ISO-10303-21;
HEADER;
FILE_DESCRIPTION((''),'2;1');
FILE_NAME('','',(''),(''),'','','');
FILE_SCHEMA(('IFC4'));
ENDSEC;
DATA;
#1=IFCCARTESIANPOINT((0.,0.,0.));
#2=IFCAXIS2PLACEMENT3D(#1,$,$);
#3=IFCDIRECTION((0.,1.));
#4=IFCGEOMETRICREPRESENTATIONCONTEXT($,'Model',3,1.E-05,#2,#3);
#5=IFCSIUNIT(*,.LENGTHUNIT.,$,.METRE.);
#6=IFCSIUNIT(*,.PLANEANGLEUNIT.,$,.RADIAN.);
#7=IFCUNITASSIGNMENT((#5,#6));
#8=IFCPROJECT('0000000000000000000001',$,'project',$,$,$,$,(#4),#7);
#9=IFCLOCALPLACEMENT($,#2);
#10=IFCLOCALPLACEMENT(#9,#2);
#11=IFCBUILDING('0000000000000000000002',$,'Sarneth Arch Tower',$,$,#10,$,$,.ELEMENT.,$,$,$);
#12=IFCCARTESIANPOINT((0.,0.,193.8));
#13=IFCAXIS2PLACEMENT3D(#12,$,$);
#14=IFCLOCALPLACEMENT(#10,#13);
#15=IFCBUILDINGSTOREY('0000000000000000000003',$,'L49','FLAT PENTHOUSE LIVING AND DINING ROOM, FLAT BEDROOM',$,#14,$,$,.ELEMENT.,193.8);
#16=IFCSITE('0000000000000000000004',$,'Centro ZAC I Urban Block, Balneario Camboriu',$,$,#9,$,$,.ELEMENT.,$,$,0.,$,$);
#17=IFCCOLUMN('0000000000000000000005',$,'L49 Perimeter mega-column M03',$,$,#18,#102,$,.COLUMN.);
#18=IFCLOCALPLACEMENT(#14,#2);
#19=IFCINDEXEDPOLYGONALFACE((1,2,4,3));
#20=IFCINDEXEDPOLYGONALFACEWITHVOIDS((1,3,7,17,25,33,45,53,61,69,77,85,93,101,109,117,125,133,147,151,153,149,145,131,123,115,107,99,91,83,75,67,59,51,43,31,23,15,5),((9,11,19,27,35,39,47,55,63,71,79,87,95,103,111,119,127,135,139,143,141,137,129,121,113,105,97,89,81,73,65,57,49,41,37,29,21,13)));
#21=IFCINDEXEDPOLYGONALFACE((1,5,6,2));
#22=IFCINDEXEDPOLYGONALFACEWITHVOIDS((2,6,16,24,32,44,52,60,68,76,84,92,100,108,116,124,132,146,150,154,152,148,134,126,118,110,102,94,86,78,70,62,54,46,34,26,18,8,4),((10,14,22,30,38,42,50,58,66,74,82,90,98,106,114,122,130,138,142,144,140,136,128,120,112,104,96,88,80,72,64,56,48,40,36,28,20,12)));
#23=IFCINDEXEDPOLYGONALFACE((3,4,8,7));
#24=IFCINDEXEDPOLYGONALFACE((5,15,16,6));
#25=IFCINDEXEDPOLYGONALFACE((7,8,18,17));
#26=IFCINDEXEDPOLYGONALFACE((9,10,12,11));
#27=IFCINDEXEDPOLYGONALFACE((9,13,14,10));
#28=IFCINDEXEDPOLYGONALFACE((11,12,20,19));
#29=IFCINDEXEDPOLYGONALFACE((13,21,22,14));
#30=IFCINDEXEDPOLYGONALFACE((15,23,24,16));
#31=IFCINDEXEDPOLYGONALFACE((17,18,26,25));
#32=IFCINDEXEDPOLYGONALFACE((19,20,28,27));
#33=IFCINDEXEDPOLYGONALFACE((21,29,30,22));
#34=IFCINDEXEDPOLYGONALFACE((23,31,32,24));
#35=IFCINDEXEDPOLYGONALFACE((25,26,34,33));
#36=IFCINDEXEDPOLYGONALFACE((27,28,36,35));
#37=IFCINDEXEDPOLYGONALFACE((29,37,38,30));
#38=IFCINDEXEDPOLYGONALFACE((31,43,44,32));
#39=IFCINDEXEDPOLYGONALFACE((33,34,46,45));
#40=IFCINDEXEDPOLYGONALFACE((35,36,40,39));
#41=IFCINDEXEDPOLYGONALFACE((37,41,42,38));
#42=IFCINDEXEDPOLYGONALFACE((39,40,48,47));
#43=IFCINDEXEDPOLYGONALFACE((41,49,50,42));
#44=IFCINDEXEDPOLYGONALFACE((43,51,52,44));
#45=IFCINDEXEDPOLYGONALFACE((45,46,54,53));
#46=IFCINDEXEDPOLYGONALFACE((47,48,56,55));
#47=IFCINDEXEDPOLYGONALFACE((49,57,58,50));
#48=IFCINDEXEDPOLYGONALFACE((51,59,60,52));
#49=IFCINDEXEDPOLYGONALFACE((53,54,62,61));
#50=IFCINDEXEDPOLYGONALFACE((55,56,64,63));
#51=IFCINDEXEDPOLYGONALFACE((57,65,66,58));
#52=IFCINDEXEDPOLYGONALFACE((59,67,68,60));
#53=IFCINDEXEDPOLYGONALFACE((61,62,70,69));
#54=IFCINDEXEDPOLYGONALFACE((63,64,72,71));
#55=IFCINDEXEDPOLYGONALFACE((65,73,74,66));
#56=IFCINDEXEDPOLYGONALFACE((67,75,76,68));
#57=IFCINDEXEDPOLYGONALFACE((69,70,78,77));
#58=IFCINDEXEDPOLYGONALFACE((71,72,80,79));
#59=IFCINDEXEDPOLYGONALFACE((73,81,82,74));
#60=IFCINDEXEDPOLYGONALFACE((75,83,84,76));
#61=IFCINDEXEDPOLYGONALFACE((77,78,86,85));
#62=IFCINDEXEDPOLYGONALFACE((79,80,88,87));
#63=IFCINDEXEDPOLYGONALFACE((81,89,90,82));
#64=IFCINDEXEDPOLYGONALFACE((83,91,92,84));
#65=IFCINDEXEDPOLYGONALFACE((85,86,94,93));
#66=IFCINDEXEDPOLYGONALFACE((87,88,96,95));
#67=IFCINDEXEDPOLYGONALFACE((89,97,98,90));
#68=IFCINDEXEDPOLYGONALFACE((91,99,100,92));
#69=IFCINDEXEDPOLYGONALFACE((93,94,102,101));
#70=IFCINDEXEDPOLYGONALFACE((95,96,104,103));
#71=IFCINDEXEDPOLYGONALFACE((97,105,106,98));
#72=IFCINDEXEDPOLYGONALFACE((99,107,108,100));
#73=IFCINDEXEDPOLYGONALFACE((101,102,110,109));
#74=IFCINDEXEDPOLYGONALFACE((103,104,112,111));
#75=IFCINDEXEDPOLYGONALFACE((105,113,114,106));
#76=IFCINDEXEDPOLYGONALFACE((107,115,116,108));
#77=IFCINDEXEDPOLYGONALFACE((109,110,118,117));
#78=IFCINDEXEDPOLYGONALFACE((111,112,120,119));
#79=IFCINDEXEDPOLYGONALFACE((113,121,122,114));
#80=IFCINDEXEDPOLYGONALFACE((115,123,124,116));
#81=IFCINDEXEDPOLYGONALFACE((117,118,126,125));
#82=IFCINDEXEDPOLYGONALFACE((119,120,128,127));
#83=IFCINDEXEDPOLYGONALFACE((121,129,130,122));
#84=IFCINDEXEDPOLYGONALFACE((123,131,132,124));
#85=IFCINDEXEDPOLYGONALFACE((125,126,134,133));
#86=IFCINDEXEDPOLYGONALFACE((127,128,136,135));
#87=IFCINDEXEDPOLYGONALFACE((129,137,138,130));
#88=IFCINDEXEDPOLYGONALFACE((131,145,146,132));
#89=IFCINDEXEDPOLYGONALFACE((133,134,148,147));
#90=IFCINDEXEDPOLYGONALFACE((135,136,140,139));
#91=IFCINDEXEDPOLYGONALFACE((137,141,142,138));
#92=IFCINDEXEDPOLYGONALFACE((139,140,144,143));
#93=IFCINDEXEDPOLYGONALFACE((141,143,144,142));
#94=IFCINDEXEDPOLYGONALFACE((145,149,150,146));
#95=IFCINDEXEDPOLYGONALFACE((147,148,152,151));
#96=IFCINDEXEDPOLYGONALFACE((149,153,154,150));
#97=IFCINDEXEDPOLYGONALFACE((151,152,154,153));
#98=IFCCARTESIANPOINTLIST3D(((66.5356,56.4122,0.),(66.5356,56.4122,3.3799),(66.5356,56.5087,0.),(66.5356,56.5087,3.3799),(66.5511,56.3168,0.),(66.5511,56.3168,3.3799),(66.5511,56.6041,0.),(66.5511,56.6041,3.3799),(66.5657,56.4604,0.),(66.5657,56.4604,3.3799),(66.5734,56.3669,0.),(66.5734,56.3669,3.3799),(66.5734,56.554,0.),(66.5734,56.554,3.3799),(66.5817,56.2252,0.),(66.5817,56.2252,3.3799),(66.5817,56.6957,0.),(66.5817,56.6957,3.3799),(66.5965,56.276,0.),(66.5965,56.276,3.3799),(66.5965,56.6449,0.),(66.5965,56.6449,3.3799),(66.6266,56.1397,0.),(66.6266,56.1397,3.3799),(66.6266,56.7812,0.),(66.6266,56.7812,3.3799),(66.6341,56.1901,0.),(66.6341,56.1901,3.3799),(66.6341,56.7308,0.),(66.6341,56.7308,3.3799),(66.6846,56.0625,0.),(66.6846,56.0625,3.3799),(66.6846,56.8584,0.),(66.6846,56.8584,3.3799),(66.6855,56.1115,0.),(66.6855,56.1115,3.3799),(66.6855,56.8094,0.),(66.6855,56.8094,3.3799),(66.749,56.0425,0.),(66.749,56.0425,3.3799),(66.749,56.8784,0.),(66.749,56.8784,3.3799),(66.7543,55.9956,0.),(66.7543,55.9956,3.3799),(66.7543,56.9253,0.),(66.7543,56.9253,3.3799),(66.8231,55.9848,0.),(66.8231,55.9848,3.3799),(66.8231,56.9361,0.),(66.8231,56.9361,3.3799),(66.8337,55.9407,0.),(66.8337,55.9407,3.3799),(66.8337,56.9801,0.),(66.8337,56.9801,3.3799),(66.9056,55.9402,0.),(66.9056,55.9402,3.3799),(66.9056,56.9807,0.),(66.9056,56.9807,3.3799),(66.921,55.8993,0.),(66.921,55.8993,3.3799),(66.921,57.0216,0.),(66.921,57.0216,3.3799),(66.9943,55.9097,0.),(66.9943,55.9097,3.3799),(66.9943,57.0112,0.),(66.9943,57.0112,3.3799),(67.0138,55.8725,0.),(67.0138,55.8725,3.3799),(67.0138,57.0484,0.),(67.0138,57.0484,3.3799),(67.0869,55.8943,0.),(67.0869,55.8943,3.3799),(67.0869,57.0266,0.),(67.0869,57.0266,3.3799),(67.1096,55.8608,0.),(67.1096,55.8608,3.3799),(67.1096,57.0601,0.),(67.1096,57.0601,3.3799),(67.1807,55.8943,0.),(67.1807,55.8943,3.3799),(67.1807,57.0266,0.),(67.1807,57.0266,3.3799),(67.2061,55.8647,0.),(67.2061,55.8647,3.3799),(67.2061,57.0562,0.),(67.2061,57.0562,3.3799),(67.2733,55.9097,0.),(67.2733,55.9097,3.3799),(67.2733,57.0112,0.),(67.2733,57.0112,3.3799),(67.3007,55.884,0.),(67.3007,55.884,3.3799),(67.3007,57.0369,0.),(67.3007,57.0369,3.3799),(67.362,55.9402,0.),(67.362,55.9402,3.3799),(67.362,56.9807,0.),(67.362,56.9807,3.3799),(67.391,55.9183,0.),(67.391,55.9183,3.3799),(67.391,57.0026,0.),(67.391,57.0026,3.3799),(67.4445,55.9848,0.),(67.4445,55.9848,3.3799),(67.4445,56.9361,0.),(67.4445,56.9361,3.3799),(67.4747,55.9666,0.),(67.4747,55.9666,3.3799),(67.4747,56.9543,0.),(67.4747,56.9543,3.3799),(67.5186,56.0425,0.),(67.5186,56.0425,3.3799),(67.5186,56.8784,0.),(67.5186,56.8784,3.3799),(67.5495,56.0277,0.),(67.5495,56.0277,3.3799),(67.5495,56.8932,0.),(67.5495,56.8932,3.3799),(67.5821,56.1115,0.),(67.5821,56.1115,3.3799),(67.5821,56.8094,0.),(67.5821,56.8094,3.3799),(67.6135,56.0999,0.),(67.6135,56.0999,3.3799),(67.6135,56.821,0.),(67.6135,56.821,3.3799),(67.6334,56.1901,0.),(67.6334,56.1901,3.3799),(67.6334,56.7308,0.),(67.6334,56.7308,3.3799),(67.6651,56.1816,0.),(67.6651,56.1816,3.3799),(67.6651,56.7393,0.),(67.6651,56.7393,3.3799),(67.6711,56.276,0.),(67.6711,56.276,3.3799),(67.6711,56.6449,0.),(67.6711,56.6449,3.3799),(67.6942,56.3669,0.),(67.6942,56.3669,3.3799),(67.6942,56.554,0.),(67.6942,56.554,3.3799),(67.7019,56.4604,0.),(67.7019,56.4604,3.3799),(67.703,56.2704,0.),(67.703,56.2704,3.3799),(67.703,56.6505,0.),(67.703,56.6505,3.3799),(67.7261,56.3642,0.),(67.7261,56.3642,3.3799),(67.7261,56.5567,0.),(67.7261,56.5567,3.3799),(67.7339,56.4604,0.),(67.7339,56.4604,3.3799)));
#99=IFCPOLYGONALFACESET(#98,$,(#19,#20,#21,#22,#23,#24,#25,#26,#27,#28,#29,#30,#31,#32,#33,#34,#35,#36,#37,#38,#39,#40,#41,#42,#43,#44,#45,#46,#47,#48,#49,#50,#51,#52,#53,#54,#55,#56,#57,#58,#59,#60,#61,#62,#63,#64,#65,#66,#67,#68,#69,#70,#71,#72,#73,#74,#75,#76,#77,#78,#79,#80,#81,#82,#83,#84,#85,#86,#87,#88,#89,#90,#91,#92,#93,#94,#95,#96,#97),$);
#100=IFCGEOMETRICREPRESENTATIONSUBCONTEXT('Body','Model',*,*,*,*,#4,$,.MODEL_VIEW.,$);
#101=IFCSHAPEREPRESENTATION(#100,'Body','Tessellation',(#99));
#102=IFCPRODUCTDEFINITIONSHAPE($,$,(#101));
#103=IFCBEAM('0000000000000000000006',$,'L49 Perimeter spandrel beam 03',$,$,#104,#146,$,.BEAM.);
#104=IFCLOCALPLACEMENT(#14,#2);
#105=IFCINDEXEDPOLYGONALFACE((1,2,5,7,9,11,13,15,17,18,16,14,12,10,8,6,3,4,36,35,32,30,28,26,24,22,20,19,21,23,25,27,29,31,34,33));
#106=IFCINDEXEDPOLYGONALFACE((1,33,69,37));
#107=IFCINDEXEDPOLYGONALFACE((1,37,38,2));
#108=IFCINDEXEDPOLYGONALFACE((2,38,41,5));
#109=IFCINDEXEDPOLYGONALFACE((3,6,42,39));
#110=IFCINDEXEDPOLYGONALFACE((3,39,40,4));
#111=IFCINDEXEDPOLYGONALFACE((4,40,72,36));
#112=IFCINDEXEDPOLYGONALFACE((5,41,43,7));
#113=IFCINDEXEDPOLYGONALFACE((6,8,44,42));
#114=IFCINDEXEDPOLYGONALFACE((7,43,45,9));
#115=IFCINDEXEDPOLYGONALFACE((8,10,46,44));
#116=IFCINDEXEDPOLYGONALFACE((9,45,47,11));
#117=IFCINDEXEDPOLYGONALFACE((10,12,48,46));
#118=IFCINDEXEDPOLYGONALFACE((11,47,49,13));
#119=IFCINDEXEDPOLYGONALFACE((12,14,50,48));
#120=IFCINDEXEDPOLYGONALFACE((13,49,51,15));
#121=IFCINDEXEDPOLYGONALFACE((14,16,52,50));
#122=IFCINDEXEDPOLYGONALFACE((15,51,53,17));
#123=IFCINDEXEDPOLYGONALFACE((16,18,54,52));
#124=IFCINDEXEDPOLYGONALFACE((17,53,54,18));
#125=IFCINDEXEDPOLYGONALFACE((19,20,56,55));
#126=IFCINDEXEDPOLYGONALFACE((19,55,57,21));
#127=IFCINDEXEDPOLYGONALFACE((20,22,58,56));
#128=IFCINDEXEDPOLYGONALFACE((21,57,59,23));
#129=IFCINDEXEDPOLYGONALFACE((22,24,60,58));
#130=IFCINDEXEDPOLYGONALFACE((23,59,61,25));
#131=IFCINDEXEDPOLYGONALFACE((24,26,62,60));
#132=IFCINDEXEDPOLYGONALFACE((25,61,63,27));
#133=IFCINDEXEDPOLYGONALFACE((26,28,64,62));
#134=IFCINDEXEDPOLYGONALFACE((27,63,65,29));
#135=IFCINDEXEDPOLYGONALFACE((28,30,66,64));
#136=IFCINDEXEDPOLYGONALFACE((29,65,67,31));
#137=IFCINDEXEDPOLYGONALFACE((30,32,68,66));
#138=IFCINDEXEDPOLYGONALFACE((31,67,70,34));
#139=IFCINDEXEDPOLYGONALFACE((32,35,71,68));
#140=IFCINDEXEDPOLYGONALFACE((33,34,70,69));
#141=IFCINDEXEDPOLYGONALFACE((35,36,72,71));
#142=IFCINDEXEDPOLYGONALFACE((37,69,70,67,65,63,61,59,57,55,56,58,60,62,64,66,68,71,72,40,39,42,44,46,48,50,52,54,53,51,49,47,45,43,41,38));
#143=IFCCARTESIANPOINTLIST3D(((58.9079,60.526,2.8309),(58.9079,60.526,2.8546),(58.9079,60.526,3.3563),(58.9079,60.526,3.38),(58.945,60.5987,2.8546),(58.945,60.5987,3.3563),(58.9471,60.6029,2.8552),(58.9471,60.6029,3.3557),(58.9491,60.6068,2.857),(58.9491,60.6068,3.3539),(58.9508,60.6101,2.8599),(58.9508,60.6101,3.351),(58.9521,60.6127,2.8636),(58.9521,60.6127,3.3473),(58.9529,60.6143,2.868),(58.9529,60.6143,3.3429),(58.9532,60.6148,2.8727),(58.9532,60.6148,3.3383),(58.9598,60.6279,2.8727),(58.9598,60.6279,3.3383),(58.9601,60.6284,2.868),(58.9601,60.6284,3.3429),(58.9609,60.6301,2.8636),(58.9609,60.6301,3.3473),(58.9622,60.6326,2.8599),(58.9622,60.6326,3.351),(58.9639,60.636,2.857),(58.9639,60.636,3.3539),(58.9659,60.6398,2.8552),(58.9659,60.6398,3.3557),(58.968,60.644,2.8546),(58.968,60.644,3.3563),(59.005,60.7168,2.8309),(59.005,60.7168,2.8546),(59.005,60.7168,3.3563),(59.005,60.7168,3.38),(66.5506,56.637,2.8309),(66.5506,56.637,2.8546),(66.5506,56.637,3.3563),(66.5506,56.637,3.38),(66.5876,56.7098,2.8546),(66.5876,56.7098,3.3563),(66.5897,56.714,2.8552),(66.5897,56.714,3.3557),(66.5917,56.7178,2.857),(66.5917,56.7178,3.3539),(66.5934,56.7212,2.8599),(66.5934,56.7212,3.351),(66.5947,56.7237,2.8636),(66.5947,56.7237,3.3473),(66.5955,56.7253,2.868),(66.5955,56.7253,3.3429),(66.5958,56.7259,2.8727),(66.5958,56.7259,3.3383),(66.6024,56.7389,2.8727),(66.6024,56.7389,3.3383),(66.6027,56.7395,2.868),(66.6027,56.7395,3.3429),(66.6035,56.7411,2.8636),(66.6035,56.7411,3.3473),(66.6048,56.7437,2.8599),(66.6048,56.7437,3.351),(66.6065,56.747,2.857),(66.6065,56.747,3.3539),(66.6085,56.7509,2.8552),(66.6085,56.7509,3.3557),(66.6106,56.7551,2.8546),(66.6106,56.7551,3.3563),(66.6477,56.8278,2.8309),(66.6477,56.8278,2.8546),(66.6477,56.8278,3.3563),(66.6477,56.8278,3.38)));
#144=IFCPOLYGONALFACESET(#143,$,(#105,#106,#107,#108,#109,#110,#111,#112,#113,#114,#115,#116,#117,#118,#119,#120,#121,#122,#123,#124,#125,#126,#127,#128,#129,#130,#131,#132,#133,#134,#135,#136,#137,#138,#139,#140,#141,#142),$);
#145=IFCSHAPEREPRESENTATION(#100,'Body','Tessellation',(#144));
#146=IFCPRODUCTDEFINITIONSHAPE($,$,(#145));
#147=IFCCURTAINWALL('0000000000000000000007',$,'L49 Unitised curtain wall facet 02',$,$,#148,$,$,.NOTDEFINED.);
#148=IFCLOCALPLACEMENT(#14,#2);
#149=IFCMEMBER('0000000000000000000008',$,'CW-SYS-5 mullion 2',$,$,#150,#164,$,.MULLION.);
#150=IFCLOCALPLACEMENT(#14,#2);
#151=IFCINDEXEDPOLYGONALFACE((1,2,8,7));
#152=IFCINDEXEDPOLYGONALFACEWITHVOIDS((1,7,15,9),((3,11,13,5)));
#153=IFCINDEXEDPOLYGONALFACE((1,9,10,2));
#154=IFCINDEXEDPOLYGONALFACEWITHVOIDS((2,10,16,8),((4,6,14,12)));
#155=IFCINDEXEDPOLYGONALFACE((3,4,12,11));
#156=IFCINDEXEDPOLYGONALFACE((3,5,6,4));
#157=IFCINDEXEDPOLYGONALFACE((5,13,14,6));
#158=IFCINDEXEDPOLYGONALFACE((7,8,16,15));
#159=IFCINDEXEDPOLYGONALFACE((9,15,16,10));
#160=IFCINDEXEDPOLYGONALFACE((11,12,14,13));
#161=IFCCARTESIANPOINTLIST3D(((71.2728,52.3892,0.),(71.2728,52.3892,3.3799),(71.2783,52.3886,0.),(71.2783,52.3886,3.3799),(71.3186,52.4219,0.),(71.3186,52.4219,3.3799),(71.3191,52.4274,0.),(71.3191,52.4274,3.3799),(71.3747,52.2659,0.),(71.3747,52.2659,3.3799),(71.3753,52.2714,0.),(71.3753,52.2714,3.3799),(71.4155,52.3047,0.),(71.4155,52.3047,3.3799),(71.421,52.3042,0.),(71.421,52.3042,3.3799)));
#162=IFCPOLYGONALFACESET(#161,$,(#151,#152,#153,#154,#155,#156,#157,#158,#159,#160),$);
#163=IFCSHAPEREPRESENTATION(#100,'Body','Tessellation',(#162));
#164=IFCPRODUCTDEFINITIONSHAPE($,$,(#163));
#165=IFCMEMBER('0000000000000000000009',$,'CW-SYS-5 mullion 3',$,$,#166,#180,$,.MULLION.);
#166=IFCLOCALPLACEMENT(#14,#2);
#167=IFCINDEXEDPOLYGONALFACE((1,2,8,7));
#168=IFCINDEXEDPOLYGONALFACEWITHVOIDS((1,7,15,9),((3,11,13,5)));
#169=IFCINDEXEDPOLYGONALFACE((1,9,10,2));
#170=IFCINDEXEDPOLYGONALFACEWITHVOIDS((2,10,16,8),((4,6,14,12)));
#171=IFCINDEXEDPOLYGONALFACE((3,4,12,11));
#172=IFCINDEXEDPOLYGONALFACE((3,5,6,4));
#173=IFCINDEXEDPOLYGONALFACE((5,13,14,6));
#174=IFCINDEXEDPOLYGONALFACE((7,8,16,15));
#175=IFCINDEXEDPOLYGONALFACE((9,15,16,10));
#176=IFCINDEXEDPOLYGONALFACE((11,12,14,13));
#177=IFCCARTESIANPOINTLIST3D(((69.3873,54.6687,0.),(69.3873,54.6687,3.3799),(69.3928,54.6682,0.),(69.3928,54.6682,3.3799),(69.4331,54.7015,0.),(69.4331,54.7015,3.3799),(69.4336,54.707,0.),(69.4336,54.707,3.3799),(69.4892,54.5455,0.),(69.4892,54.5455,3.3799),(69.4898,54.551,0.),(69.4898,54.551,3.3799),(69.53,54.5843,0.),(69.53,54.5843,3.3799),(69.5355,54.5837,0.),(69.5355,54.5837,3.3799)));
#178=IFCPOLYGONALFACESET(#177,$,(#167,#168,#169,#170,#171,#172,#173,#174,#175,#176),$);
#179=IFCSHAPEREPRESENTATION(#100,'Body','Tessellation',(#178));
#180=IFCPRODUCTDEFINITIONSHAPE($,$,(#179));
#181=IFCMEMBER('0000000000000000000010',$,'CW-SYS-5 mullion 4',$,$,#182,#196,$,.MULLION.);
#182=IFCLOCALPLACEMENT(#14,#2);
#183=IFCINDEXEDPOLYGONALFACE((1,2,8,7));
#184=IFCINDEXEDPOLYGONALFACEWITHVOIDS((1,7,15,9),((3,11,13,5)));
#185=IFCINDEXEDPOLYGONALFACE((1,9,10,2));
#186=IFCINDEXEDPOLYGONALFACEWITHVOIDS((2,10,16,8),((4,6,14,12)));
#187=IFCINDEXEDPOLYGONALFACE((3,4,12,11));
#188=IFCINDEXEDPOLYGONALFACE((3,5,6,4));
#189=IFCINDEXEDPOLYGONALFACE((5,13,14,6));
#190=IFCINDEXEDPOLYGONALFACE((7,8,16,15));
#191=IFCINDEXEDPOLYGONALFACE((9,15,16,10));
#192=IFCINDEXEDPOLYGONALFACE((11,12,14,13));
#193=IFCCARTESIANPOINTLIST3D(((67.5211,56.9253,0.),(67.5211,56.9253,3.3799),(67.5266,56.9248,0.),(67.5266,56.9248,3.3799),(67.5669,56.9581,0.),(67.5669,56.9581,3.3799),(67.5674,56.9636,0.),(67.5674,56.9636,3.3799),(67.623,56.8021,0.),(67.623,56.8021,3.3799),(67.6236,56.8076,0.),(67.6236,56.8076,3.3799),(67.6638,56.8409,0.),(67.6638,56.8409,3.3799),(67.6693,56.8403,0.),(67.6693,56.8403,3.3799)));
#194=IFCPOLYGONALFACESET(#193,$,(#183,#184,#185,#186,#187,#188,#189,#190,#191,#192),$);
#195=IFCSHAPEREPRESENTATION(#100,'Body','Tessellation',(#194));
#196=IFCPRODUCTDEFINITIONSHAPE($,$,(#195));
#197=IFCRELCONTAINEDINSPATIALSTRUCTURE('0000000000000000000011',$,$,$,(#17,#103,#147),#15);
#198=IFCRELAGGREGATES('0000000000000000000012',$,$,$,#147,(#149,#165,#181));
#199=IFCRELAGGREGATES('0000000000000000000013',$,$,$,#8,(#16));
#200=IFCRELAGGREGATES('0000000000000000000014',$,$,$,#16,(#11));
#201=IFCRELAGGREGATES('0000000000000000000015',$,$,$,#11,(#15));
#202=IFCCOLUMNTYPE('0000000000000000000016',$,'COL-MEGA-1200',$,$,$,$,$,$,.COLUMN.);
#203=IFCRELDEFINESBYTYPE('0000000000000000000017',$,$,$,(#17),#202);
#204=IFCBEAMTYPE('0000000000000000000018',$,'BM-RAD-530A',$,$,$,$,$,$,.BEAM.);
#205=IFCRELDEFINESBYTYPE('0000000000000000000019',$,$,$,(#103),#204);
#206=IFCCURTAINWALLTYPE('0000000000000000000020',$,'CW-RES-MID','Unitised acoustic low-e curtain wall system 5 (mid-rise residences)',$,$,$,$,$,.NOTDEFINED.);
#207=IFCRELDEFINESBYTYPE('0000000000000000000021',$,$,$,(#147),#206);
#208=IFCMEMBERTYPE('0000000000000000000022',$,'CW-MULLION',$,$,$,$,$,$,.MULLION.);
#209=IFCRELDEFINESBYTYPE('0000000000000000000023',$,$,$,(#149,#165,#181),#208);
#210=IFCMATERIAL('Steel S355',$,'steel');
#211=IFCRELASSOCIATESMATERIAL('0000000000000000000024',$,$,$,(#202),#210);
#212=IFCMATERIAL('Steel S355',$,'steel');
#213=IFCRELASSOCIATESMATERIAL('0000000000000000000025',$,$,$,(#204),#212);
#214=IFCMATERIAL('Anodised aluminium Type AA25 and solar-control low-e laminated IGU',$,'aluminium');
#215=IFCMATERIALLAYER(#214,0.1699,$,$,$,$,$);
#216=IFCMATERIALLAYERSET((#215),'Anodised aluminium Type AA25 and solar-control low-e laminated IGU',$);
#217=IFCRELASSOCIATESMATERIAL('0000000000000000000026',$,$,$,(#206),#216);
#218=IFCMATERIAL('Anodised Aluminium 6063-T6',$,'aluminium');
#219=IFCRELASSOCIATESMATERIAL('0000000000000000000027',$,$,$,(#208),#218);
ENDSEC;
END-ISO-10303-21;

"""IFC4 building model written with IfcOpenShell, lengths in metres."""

from ifc_helpers import new_model, si_unit, direction, frame, origin, origin_2d, place, context, subcontext, project, spatial, hollow_rectangle, hollow_circle, i_section, extrude, material, layer, layer_set, material_profile, profile_set, type_object, element, aggregate, save


model = new_model("IFC4")

# Units and contexts
model_context = context("Model", 3, precision=1e-05, world=origin(), true_north=direction((0.0, 1.0)))
body_context = subcontext(model_context, "Body", "Model", "MODEL_VIEW")
ifc_project = project(units=[si_unit("LENGTHUNIT", "METRE"), si_unit("PLANEANGLEUNIT", "RADIAN")], contexts=[model_context])

# Site, building, storey
site_placement = place(None, origin())
site = spatial("IfcSite", under=ifc_project, at=site_placement, Name="Centro ZAC I Urban Block, Balneario Camboriu", CompositionType="ELEMENT", RefElevation=0.0)
building_placement = place(site_placement, origin())
building = spatial("IfcBuilding", under=site, at=building_placement, Name="Sarneth Arch Tower", CompositionType="ELEMENT")
storey_placement = place(building_placement, frame((0.0, 0.0, 193.8)))
storey = spatial("IfcBuildingStorey", under=building, at=storey_placement, Name="L49", Description="FLAT PENTHOUSE LIVING AND DINING ROOM, FLAT BEDROOM", CompositionType="ELEMENT", Elevation=193.8)

# Column
ifc_material_1 = material(Name="Steel S355", Category="steel")
ifc_material_profile_1 = material_profile(ifc_material_1, hollow_circle(Radius=0.6001, WallThickness=0.032, at=origin_2d()), Name="CHS1200x32")
ifc_profile_set_1 = profile_set([ifc_material_profile_1], Name="Steel S355")
column_type = type_object("IfcColumnType", Name="COL-MEGA-1200", PredefinedType="COLUMN", material=ifc_profile_set_1)
column_placement = place(storey_placement, frame((67.1338, 56.4604, 0.0), z_axis=(0.0, 0.0, 1.0), x_axis=(1.0, 0.0, 0.0)))
element("IfcColumn", 1, at=column_placement, inside=storey, type_object=column_type, Name="L49 Perimeter mega-column M03", PredefinedType="COLUMN", context=body_context, shape_type="SweptSolid", body=[
    extrude(hollow_circle(Radius=0.6001, WallThickness=0.032, at=origin_2d()), origin(), (0.0, 0.0, 1.0), 3.3799),
])

# Beam
ifc_material_2 = material(Name="Steel S355", Category="steel")
ifc_material_profile_2 = material_profile(ifc_material_2, i_section(OverallWidth=0.2141, OverallDepth=0.5491, WebThickness=0.0146, FlangeThickness=0.0237, FilletRadius=0.0181, at=origin_2d()), Name="W530x138")
ifc_profile_set_2 = profile_set([ifc_material_profile_2], Name="Steel S355")
beam_type = type_object("IfcBeamType", Name="BM-RAD-530A", PredefinedType="BEAM", material=ifc_profile_set_2)
beam_placement = place(storey_placement, frame((66.5991, 56.7324, 3.1055), z_axis=(-0.89125, 0.453512, 0.0), x_axis=(-0.453512, -0.89125, 0.0)))
element("IfcBeam", 2, at=beam_placement, inside=storey, type_object=beam_type, Name="L49 Perimeter spandrel beam 03", PredefinedType="BEAM", context=body_context, shape_type="SweptSolid", body=[
    extrude(i_section(OverallWidth=0.2141, OverallDepth=0.5491, WebThickness=0.0146, FlangeThickness=0.0237, FilletRadius=0.0181, at=origin_2d()), origin(), (0.0, 0.0, 1.0), 8.5752),
])

# Curtain wall, members
ifc_material_3 = material(Name="Anodised aluminium Type AA25 and solar-control low-e laminated IGU", Category="aluminium")
ifc_layer_1 = layer(ifc_material_3, 0.1699)
ifc_layer_set_1 = layer_set([ifc_layer_1], Name="Anodised aluminium Type AA25 and solar-control low-e laminated IGU")
curtain_wall_type = type_object("IfcCurtainWallType", Name="CW-RES-MID", Description="Unitised acoustic low-e curtain wall system 5 (mid-rise residences)", PredefinedType="NOTDEFINED", material=ifc_layer_set_1)
curtain_wall_placement = place(storey_placement, origin())
curtain_wall = element("IfcCurtainWall", 3, at=curtain_wall_placement, inside=storey, type_object=curtain_wall_type, Name="L49 Unitised curtain wall facet 02", PredefinedType="NOTDEFINED")
ifc_material_4 = material(Name="Anodised Aluminium 6063-T6", Category="aluminium")
ifc_material_profile_3 = material_profile(ifc_material_4, hollow_rectangle(XDim=0.0601, YDim=0.1599, WallThickness=0.0039, at=origin_2d()), Name="AL-MULL-160x60x4")
ifc_profile_set_3 = profile_set([ifc_material_profile_3], Name="Anodised Aluminium 6063-T6")
member_type_1 = type_object("IfcMemberType", Name="CW-MULLION", PredefinedType="MULLION", material=ifc_profile_set_3)
member_1_placement = place(storey_placement, frame((71.3469, 52.3467, 0.0), z_axis=(0.0, 0.0, 1.0), x_axis=(-0.770591, -0.63733, 0.0)))
member_1 = element("IfcMember", 4, at=member_1_placement, type_object=member_type_1, Name="CW-SYS-5 mullion 2", PredefinedType="MULLION", context=body_context, shape_type="SweptSolid", body=[
    extrude(hollow_rectangle(XDim=0.0601, YDim=0.1599, WallThickness=0.0039, at=origin_2d()), origin(), (0.0, 0.0, 1.0), 3.3799),
])
member_2_placement = place(storey_placement, frame((69.4614, 54.6262, 0.0), z_axis=(0.0, 0.0, 1.0), x_axis=(-0.770591, -0.63733, 0.0)))
member_2 = element("IfcMember", 5, at=member_2_placement, type_object=member_type_1, Name="CW-SYS-5 mullion 3", PredefinedType="MULLION", context=body_context, shape_type="SweptSolid", body=[
    extrude(hollow_rectangle(XDim=0.0601, YDim=0.1599, WallThickness=0.0039, at=origin_2d()), origin(), (0.0, 0.0, 1.0), 3.3799),
])
member_3_placement = place(storey_placement, frame((67.5952, 56.8828, 0.0), z_axis=(0.0, 0.0, 1.0), x_axis=(-0.770591, -0.63733, 0.0)))
member_3 = element("IfcMember", 6, at=member_3_placement, type_object=member_type_1, Name="CW-SYS-5 mullion 4", PredefinedType="MULLION", context=body_context, shape_type="SweptSolid", body=[
    extrude(hollow_rectangle(XDim=0.0601, YDim=0.1599, WallThickness=0.0039, at=origin_2d()), origin(), (0.0, 0.0, 1.0), 3.3799),
])

aggregate(curtain_wall, [member_1, member_2, member_3])

save(model, "model.ifc")
